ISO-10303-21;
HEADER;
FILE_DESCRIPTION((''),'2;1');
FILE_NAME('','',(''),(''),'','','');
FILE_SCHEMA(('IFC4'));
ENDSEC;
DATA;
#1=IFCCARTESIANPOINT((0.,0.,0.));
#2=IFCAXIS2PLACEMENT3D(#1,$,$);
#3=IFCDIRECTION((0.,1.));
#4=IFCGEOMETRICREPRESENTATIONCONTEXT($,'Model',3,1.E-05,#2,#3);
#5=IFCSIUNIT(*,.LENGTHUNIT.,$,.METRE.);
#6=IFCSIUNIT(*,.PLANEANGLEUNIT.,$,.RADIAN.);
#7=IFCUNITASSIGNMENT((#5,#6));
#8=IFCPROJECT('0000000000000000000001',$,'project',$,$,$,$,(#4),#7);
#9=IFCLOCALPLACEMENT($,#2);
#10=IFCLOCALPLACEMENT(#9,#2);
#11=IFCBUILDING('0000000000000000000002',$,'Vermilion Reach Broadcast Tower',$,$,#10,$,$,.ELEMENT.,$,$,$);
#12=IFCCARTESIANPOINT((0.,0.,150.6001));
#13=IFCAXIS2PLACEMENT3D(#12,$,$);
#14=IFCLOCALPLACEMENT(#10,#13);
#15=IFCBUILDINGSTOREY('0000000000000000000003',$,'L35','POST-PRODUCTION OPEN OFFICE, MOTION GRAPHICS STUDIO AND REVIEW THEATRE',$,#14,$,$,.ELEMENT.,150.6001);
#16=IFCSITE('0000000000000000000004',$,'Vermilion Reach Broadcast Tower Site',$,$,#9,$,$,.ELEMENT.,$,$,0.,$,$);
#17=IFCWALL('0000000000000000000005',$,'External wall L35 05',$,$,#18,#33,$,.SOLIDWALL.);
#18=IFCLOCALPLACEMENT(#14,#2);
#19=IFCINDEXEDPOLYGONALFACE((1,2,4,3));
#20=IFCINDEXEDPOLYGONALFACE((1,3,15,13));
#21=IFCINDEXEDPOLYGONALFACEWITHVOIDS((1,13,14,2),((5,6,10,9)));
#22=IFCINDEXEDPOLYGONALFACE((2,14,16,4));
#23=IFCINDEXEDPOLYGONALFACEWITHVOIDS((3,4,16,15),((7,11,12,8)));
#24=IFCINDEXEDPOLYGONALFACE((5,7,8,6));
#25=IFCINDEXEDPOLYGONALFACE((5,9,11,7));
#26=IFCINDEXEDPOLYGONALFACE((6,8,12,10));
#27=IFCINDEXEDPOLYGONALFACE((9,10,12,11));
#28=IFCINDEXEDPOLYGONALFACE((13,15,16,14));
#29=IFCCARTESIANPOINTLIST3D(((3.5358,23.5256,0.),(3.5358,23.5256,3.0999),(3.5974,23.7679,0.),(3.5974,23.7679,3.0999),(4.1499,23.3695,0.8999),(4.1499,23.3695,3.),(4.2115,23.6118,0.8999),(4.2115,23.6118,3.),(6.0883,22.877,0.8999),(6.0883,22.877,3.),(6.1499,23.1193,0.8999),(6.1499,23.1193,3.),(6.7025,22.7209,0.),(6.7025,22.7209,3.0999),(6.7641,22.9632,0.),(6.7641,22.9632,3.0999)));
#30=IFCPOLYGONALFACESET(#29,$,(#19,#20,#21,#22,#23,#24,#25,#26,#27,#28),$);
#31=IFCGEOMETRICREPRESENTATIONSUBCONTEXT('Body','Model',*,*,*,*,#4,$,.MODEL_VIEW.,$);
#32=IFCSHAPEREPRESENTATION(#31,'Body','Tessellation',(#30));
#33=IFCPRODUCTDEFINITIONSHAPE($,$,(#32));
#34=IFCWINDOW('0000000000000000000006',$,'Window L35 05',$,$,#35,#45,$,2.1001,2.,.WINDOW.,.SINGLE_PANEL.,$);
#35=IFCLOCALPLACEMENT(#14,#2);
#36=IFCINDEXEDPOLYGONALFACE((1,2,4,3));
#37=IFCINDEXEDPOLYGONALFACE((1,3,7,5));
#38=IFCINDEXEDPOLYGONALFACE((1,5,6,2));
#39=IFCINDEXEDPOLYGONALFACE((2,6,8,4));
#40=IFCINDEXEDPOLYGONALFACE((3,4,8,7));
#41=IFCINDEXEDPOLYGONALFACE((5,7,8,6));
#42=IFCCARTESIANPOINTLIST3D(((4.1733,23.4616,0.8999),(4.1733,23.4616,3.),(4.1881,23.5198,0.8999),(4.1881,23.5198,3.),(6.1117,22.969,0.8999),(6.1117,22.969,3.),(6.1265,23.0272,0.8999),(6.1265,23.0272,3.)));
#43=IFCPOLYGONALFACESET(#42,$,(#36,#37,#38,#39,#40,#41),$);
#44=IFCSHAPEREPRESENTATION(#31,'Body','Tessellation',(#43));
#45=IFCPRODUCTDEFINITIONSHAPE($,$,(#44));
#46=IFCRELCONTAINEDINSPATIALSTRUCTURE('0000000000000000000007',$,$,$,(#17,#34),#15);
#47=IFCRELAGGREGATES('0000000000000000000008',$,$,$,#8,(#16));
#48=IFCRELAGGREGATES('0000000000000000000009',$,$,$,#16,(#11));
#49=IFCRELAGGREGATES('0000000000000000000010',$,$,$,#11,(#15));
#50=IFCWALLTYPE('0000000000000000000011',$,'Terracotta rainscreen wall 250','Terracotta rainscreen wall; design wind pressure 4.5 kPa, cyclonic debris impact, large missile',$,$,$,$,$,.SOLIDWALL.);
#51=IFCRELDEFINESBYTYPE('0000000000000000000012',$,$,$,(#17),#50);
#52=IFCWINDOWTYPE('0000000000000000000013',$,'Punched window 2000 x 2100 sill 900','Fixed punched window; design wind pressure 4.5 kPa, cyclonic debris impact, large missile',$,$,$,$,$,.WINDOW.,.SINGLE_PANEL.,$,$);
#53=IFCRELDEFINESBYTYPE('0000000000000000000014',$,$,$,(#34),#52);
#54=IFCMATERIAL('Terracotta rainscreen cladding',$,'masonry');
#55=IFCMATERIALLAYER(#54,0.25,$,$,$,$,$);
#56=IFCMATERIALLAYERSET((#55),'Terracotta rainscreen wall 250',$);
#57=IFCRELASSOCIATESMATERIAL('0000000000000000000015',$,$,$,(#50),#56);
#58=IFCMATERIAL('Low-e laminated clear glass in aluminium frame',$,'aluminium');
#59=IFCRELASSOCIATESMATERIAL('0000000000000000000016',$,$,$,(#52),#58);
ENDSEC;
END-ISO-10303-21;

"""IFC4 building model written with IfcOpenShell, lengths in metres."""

from ifc_helpers import new_model, si_unit, direction, frame, frame_2d, origin, place, context, subcontext, project, spatial, rectangle, extrude, material, layer, layer_set, type_object, element, fill, save


model = new_model("IFC4")

# Units and contexts
model_context = context("Model", 3, precision=1e-05, world=origin(), true_north=direction((0.0, 1.0)))
body_context = subcontext(model_context, "Body", "Model", "MODEL_VIEW")
ifc_project = project(units=[si_unit("LENGTHUNIT", "METRE"), si_unit("PLANEANGLEUNIT", "RADIAN")], contexts=[model_context])

# Site, building, storey
site_placement = place(None, origin())
site = spatial("IfcSite", under=ifc_project, at=site_placement, Name="Vermilion Reach Broadcast Tower Site", CompositionType="ELEMENT", RefElevation=0.0)
building_placement = place(site_placement, origin())
building = spatial("IfcBuilding", under=site, at=building_placement, Name="Vermilion Reach Broadcast Tower", CompositionType="ELEMENT")
storey_placement = place(building_placement, frame((0.0, 0.0, 150.6001)))
storey = spatial("IfcBuildingStorey", under=building, at=storey_placement, Name="L35", Description="POST-PRODUCTION OPEN OFFICE, MOTION GRAPHICS STUDIO AND REVIEW THEATRE", CompositionType="ELEMENT", Elevation=150.6001)

# Shared definitions
ifc_material_1 = material(Name="Terracotta rainscreen cladding", Category="masonry")
ifc_layer_1 = layer(ifc_material_1, 0.25)
ifc_layer_set_1 = layer_set([ifc_layer_1], Name="Terracotta rainscreen wall 250")
wall_type_1 = type_object("IfcWallType", Name="Terracotta rainscreen wall 250", Description="Terracotta rainscreen wall; design wind pressure 4.5 kPa, cyclonic debris impact, large missile", PredefinedType="SOLIDWALL", material=ifc_layer_set_1)

# Shared definitions
ifc_material_2 = material(Name="Low-e laminated clear glass in aluminium frame", Category="aluminium")
window_type = type_object("IfcWindowType", Name="Punched window 2000 x 2100 sill 900", Description="Fixed punched window; design wind pressure 4.5 kPa, cyclonic debris impact, large missile", PartitioningType="SINGLE_PANEL", PredefinedType="WINDOW", material=ifc_material_2)

# Wall, opening, window
wall_1_placement = place(storey_placement, frame((6.7334, 22.842, 0.0), z_axis=(0.0, 0.0, 1.0), x_axis=(-0.969199, 0.246279, 0.0)))
wall_1 = element("IfcWall", 1, at=wall_1_placement, inside=storey, type_object=wall_type_1, Name="External wall L35 05", PredefinedType="SOLIDWALL", context=body_context, shape_type="SweptSolid", body=[
    extrude(rectangle(XDim=3.2673, YDim=0.25, at=frame_2d((1.6338, 0.0))), origin(), (0.0, 0.0, 1.0), 3.0999),
])
opening_1_placement = place(wall_1_placement, frame((0.6338, 0.0, 0.8999)))
opening_1 = element("IfcOpeningElement", 2, at=opening_1_placement, cuts=wall_1, PredefinedType="OPENING", context=body_context, shape_type="SweptSolid", body=[
    extrude(rectangle(XDim=2.0, YDim=2.1001, at=frame_2d((1.0, 1.05))), frame((0.0, 0.135, 0.0), z_axis=(0.0, -1.0, 0.0), x_axis=(1.0, 0.0, 0.0)), (0.0, 0.0, 1.0), 0.27),
])
window_1_placement = place(opening_1_placement, origin())
window_1 = element("IfcWindow", 3, at=window_1_placement, inside=storey, type_object=window_type, Name="Window L35 05", OverallHeight=2.1001, OverallWidth=2.0, PartitioningType="SINGLE_PANEL", PredefinedType="WINDOW", context=body_context, shape_type="SweptSolid", body=[
    extrude(rectangle(XDim=2.0, YDim=2.1001, at=frame_2d((1.0, 1.05))), frame((0.0, 0.03, 0.0), z_axis=(0.0, -1.0, 0.0), x_axis=(1.0, 0.0, 0.0)), (0.0, 0.0, 1.0), 0.0601),
])
fill(opening_1, window_1)

save(model, "model.ifc")
